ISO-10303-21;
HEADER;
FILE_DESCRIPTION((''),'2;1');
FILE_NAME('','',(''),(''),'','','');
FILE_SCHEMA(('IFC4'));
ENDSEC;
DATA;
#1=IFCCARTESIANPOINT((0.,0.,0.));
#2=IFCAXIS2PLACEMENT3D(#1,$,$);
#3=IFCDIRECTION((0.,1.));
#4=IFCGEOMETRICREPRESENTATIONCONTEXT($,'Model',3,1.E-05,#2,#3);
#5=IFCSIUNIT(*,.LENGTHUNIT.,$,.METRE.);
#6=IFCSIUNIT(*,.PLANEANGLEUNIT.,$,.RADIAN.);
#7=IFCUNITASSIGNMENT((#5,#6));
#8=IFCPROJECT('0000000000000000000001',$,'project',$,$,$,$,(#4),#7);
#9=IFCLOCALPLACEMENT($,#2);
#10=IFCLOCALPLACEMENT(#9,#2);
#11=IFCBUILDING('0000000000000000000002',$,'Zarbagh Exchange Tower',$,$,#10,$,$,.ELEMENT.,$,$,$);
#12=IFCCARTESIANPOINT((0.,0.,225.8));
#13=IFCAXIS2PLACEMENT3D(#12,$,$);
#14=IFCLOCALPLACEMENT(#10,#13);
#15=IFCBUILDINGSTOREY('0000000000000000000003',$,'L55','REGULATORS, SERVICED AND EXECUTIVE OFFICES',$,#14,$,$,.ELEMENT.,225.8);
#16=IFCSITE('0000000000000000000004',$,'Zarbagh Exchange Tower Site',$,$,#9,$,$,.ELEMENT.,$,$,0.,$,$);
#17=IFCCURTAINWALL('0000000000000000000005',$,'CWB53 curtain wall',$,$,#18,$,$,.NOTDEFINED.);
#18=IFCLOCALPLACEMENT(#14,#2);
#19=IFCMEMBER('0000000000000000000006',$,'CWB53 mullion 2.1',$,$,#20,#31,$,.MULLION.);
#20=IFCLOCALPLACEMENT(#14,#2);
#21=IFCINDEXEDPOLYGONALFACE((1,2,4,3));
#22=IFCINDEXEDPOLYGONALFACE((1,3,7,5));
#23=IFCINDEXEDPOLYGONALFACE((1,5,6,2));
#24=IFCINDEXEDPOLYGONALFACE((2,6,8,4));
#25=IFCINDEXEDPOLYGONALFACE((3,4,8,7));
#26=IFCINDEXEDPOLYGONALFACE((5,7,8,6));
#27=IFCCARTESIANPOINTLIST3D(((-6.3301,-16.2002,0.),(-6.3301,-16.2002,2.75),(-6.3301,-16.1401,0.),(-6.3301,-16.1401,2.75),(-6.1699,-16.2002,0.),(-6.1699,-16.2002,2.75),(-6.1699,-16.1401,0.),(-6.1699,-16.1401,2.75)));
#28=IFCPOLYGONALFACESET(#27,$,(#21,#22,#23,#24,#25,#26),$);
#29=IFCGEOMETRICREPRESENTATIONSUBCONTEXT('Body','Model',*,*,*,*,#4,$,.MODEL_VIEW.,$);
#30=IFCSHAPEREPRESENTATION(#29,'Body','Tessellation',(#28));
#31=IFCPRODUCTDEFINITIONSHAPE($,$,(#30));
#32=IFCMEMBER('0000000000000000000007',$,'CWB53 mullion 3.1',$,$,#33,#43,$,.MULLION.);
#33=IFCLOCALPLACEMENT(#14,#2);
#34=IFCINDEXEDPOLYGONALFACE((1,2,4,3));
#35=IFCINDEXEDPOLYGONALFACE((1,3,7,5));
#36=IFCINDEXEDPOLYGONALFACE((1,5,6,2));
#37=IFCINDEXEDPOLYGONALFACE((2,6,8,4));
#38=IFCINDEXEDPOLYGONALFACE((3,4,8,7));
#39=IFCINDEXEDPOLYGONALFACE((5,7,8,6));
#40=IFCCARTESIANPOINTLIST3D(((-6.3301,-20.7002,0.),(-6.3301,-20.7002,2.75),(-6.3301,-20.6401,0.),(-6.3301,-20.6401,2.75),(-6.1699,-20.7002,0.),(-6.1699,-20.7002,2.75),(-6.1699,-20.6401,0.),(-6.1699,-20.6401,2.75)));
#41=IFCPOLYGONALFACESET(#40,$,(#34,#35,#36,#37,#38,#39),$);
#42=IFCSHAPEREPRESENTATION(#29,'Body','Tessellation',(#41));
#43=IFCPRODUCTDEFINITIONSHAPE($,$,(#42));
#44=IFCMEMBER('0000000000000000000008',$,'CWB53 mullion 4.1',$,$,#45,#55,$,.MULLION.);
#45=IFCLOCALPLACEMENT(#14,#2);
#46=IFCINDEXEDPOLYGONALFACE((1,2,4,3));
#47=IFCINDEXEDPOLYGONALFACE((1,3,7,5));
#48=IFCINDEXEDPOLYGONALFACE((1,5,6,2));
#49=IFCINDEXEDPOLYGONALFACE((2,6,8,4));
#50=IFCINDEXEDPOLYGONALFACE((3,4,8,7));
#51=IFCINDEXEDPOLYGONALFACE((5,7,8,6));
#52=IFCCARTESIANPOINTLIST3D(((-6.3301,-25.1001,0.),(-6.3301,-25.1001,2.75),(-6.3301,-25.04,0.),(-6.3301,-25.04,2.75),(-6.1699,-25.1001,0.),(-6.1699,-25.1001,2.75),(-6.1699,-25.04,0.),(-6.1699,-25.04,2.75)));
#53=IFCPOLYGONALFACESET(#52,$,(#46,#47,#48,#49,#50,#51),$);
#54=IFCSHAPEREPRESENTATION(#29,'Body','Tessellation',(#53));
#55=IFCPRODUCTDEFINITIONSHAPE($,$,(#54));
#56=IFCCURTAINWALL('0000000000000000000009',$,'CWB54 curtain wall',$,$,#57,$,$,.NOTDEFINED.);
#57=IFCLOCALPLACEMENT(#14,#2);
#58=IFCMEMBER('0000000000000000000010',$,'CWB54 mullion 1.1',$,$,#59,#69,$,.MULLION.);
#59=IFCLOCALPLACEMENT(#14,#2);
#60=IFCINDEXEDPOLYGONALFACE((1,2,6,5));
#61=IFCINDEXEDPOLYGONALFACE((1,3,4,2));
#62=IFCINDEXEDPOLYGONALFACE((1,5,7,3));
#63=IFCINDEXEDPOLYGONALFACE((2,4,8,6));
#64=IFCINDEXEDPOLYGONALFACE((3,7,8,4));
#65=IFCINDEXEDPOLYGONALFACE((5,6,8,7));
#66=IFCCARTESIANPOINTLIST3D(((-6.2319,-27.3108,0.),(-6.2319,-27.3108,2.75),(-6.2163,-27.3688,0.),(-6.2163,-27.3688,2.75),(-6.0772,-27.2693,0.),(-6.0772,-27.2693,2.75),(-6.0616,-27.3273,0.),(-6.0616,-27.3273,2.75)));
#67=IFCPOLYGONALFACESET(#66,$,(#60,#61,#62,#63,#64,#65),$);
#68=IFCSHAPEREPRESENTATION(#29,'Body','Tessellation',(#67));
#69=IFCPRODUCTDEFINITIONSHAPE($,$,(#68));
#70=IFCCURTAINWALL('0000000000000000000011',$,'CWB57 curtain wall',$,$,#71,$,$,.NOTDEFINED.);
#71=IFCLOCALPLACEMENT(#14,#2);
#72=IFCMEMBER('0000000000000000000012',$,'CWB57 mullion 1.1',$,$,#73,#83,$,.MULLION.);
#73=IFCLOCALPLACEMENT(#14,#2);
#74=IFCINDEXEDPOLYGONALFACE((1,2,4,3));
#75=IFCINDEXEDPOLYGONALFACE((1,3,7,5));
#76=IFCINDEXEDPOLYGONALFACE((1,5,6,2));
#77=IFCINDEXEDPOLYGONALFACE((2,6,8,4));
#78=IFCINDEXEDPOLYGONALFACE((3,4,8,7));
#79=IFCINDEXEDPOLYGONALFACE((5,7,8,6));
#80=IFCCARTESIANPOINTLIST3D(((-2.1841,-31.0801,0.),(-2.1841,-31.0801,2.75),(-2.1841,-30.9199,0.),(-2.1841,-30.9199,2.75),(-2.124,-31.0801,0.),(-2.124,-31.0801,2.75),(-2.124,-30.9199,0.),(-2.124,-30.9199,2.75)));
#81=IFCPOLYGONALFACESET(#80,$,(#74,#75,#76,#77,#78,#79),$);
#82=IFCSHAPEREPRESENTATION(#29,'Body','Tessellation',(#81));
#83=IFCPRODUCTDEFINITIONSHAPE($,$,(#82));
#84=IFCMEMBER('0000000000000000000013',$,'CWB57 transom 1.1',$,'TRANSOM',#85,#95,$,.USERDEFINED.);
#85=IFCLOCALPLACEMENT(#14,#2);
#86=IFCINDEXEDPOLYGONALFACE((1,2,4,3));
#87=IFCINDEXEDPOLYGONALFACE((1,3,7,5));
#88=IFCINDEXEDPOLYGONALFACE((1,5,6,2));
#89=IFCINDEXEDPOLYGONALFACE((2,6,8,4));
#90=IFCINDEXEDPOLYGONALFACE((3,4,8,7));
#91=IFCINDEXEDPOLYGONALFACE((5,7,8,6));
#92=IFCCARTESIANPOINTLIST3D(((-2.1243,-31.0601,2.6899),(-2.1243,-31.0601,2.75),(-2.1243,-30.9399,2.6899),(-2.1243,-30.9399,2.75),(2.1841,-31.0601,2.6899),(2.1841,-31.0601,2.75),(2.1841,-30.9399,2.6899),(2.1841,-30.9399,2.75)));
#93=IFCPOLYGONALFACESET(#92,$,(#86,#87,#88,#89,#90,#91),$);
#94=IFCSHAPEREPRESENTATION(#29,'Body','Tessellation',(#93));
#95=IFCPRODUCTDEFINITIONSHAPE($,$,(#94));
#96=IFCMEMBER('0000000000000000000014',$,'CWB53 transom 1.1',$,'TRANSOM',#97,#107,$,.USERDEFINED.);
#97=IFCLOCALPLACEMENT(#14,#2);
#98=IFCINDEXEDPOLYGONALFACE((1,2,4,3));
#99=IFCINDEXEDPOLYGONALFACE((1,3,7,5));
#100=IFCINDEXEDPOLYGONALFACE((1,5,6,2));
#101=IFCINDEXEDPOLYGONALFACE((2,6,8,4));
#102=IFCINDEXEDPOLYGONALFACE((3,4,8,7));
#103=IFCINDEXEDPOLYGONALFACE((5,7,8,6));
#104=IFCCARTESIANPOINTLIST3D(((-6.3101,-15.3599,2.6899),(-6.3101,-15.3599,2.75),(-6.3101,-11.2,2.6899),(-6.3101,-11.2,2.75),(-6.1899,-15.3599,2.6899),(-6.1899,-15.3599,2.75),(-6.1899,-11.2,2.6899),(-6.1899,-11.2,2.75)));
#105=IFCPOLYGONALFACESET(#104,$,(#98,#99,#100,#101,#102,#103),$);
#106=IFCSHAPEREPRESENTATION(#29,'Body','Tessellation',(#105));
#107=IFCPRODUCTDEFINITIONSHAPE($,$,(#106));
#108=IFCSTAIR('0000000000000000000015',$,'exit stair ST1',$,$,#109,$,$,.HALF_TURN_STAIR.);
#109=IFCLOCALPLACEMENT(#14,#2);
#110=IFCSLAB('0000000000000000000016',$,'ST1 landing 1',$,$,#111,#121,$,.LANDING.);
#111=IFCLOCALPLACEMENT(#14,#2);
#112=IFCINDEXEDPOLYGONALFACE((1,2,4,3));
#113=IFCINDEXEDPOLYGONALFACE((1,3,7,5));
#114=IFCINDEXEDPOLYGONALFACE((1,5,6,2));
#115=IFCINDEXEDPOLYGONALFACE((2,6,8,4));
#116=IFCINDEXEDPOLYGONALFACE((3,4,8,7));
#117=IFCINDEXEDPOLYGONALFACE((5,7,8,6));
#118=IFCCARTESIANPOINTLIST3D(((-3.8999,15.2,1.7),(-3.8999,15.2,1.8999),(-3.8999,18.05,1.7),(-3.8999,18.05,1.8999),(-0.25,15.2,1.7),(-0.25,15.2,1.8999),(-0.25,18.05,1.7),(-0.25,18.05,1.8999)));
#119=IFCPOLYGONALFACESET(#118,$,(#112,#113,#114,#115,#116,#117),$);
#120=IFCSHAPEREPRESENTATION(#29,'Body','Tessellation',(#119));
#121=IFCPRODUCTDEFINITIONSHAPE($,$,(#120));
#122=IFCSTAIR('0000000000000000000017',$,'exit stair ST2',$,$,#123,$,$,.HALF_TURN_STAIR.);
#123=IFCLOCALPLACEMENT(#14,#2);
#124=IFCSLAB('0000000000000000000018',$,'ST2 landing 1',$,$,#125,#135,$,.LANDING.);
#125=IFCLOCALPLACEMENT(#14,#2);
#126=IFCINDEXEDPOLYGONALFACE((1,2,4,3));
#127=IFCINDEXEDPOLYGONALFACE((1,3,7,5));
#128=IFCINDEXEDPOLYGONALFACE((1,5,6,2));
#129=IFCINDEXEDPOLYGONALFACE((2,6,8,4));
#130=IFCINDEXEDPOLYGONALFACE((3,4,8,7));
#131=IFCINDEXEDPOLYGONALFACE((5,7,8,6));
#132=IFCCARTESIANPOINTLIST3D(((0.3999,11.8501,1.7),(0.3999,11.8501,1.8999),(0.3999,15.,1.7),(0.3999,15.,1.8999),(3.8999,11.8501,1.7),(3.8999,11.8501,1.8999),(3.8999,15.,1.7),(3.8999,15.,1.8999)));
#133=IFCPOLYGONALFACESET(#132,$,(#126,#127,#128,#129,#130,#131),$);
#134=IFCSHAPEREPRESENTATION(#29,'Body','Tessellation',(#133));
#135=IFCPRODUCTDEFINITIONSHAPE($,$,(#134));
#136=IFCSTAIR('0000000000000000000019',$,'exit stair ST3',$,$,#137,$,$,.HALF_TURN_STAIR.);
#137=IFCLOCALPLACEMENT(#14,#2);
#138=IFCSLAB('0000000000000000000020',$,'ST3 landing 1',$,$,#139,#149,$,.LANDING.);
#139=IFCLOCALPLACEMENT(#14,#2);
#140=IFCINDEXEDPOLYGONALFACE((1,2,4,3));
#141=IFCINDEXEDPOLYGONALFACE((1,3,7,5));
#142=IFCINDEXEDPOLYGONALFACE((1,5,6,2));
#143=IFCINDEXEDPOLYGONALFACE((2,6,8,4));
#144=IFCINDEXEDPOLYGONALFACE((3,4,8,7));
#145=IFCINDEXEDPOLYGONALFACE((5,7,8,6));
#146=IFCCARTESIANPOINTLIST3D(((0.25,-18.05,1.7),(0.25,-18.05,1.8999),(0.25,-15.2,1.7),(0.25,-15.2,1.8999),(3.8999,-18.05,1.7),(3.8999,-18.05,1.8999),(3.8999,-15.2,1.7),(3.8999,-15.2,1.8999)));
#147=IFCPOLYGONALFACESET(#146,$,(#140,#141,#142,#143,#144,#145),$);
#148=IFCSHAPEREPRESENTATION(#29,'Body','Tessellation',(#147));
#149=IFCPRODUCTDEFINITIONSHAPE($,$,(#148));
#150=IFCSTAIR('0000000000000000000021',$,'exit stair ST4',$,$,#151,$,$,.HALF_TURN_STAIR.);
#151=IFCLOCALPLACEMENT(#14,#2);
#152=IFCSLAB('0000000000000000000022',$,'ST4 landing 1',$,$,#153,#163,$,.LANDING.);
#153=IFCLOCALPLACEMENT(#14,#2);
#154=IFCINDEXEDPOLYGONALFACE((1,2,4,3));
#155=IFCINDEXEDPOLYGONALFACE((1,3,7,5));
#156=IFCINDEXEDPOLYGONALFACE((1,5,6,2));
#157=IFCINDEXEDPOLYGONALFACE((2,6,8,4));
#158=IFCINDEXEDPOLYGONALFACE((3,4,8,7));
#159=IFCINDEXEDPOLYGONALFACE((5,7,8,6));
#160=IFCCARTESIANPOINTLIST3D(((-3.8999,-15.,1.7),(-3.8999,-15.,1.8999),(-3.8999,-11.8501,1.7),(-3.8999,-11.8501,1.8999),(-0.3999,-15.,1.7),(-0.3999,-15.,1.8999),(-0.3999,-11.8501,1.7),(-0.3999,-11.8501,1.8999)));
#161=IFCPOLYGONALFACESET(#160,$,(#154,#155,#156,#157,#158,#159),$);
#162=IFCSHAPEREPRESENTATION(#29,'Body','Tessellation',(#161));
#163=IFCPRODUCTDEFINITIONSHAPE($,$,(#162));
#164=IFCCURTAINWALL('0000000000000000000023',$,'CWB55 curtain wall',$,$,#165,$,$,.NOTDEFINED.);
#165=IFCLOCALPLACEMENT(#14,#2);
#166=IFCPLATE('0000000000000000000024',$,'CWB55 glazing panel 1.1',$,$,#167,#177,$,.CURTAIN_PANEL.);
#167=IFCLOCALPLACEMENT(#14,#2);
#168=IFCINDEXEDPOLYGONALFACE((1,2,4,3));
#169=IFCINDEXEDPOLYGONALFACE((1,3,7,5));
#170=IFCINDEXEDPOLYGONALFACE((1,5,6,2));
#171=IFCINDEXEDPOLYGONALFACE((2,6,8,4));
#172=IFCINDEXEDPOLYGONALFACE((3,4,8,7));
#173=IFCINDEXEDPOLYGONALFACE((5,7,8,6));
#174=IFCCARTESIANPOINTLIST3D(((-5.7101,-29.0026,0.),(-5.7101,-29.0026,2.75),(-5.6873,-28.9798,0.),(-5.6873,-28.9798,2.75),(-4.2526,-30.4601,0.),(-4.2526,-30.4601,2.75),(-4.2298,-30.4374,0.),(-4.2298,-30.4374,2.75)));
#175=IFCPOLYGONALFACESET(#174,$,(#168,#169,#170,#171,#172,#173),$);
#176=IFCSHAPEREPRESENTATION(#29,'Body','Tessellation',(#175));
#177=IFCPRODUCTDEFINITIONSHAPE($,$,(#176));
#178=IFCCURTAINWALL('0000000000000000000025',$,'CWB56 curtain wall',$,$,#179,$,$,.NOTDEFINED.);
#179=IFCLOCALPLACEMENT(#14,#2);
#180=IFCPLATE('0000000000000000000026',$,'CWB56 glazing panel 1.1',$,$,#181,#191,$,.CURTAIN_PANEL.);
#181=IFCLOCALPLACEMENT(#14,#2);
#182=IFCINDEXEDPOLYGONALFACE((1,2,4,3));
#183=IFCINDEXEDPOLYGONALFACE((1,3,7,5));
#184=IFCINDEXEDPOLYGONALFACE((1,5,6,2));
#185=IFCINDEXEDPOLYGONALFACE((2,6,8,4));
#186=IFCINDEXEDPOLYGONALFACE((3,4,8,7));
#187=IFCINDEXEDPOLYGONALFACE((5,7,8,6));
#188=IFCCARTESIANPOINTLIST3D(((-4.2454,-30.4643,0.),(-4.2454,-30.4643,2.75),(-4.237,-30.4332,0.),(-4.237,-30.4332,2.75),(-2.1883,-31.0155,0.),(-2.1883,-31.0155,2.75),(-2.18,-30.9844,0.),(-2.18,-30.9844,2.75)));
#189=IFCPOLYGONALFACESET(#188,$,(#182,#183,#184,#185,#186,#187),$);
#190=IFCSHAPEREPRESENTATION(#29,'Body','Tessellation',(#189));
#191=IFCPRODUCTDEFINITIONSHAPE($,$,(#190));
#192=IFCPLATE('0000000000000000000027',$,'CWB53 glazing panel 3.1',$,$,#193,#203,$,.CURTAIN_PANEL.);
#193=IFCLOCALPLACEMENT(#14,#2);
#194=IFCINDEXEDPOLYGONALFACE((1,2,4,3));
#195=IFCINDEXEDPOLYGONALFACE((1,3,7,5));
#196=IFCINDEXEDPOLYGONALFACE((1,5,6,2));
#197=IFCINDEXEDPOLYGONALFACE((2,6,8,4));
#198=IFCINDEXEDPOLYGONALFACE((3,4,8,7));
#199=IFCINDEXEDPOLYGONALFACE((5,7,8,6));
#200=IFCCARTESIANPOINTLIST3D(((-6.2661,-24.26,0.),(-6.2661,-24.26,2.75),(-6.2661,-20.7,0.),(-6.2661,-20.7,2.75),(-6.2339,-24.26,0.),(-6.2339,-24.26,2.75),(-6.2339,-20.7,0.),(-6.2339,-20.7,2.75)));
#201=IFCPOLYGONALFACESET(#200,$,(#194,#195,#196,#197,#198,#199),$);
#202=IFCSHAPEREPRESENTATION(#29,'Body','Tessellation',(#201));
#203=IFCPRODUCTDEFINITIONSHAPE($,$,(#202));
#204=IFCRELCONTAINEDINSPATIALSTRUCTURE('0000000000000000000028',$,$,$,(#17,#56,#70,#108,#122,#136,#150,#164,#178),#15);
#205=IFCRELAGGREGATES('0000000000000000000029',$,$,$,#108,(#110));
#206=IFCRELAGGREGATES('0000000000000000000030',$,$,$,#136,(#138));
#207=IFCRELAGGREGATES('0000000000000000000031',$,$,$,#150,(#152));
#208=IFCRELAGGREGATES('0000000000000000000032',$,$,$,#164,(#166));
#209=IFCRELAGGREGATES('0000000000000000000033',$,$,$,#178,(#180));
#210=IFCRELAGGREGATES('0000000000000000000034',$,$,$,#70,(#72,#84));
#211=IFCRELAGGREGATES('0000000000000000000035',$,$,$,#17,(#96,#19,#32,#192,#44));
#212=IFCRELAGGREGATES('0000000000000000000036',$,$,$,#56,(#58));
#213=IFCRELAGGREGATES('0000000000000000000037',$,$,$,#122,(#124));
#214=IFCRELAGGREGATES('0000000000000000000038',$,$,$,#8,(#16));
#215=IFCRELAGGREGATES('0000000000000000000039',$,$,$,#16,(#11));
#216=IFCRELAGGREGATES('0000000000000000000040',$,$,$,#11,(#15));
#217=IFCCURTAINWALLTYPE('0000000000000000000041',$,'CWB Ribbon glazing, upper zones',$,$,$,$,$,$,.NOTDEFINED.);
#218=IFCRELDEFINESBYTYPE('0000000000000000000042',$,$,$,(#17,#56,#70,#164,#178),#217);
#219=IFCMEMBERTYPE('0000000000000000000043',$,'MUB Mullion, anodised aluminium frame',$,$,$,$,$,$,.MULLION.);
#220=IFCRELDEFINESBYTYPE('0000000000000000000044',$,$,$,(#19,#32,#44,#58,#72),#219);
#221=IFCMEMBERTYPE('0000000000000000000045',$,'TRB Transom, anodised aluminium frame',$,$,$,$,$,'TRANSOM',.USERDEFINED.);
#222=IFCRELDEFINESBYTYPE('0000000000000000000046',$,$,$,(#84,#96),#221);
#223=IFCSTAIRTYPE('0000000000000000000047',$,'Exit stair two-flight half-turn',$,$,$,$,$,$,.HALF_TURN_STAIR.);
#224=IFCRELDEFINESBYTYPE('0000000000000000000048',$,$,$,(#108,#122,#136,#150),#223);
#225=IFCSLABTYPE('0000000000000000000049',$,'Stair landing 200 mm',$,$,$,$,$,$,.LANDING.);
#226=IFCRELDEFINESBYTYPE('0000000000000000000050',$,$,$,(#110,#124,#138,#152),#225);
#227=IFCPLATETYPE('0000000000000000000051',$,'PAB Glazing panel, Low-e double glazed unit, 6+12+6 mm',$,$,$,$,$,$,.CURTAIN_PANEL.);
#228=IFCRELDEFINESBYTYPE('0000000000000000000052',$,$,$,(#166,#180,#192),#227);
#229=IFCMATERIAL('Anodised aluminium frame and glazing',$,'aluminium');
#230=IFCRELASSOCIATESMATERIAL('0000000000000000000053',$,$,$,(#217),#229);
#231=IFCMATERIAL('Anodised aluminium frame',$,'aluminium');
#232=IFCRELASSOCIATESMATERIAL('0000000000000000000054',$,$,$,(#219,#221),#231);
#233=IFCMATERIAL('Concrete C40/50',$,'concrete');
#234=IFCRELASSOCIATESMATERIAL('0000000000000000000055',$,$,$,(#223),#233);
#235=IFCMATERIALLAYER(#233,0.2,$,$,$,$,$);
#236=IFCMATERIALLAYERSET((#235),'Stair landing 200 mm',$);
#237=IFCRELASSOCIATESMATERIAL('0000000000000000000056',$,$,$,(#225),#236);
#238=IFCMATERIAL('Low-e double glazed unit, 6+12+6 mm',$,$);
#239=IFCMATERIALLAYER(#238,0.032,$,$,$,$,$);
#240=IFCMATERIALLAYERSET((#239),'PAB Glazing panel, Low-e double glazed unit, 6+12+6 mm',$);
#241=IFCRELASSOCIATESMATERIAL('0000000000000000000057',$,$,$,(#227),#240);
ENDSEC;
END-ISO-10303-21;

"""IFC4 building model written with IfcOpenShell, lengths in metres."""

from ifc_helpers import new_model, si_unit, direction, frame, origin, place, context, subcontext, project, spatial, polyline, outline, extrude, source, transform, mapped, material, layer, layer_set, type_object, element, aggregate, save


model = new_model("IFC4")

# Units and contexts
model_context = context("Model", 3, precision=1e-05, world=origin(), true_north=direction((0.0, 1.0)))
body_context = subcontext(model_context, "Body", "Model", "MODEL_VIEW")
ifc_project = project(units=[si_unit("LENGTHUNIT", "METRE"), si_unit("PLANEANGLEUNIT", "RADIAN")], contexts=[model_context])

# Site, building, storey
site_placement = place(None, origin())
site = spatial("IfcSite", under=ifc_project, at=site_placement, Name="Zarbagh Exchange Tower Site", CompositionType="ELEMENT", RefElevation=0.0)
building_placement = place(site_placement, origin())
building = spatial("IfcBuilding", under=site, at=building_placement, Name="Zarbagh Exchange Tower", CompositionType="ELEMENT")
storey_placement = place(building_placement, frame((0.0, 0.0, 225.8)))
storey = spatial("IfcBuildingStorey", under=building, at=storey_placement, Name="L55", Description="REGULATORS, SERVICED AND EXECUTIVE OFFICES", CompositionType="ELEMENT", Elevation=225.8)

# Curtain wall, members
ifc_material_1 = material(Name="Anodised aluminium frame and glazing", Category="aluminium")
curtain_wall_type = type_object("IfcCurtainWallType", Name="CWB Ribbon glazing, upper zones", PredefinedType="NOTDEFINED", material=ifc_material_1)
curtain_wall_1_placement = place(storey_placement, origin())
curtain_wall_1 = element("IfcCurtainWall", 1, at=curtain_wall_1_placement, inside=storey, type_object=curtain_wall_type, Name="CWB53 curtain wall", PredefinedType="NOTDEFINED")
ifc_material_2 = material(Name="Anodised aluminium frame", Category="aluminium")
member_type_1 = type_object("IfcMemberType", Name="MUB Mullion, anodised aluminium frame", PredefinedType="MULLION", material=ifc_material_2)
shared_shape_1 = source(origin(), body_context, "Body", "SweptSolid", [
    extrude(outline(polyline([(0.0, -0.0801), (0.0601, -0.0801), (0.0601, 0.0801), (0.0, 0.0801), (0.0, -0.0801)])), origin(), (0.0, 0.0, 1.0), 2.75),
])
placement = place(storey_placement, origin())
member_1 = element("IfcMember", 2, at=placement, type_object=member_type_1, Name="CWB53 mullion 2.1", PredefinedType="MULLION", context=body_context, shape_type="MappedRepresentation", body=[
    mapped(shared_shape_1, transform((-6.25, -16.1401, 0.0), x_axis=(0.0, -1.0, 0.0), y_axis=(1.0, 0.0, 0.0), z_axis=(0.0, 0.0, 1.0))),
])
member_2 = element("IfcMember", 3, at=placement, type_object=member_type_1, Name="CWB53 mullion 3.1", PredefinedType="MULLION", context=body_context, shape_type="MappedRepresentation", body=[
    mapped(shared_shape_1, transform((-6.25, -20.6401, 0.0), x_axis=(0.0, -1.0, 0.0), y_axis=(1.0, 0.0, 0.0), z_axis=(0.0, 0.0, 1.0))),
])
member_3 = element("IfcMember", 4, at=placement, type_object=member_type_1, Name="CWB53 mullion 4.1", PredefinedType="MULLION", context=body_context, shape_type="MappedRepresentation", body=[
    mapped(shared_shape_1, transform((-6.25, -25.04, 0.0), x_axis=(0.0, -1.0, 0.0), y_axis=(1.0, 0.0, 0.0), z_axis=(0.0, 0.0, 1.0))),
])

# Curtain wall, member
curtain_wall_2_placement = place(storey_placement, origin())
curtain_wall_2 = element("IfcCurtainWall", 5, at=curtain_wall_2_placement, inside=storey, type_object=curtain_wall_type, Name="CWB54 curtain wall", PredefinedType="NOTDEFINED")
member_4 = element("IfcMember", 6, at=placement, type_object=member_type_1, Name="CWB54 mullion 1.1", PredefinedType="MULLION", context=body_context, shape_type="MappedRepresentation", body=[
    mapped(shared_shape_1, transform((-6.1545, -27.29, 0.0), x_axis=(0.258825, -0.965924, 0.0), y_axis=(0.965924, 0.258825, 0.0), z_axis=(0.0, 0.0, 1.0))),
])

# Curtain wall, members
curtain_wall_3_placement = place(storey_placement, origin())
curtain_wall_3 = element("IfcCurtainWall", 7, at=curtain_wall_3_placement, inside=storey, type_object=curtain_wall_type, Name="CWB57 curtain wall", PredefinedType="NOTDEFINED")
member_5 = element("IfcMember", 8, at=placement, type_object=member_type_1, Name="CWB57 mullion 1.1", PredefinedType="MULLION", context=body_context, shape_type="MappedRepresentation", body=[
    mapped(shared_shape_1, transform((-2.1841, -31.0, 0.0), x_axis=(1.0, 0.0, 0.0), y_axis=(0.0, 1.0, 0.0), z_axis=(0.0, 0.0, 1.0))),
])
member_type_2 = type_object("IfcMemberType", Name="TRB Transom, anodised aluminium frame", ElementType="TRANSOM", PredefinedType="USERDEFINED", material=ifc_material_2)
shared_shape_2 = source(origin(), body_context, "Body", "SweptSolid", [
    extrude(outline(polyline([(-0.0601, -0.0601), (0.0, -0.0601), (0.0, 0.0601), (-0.0601, 0.0601), (-0.0601, -0.0601)])), origin(), (0.0, 0.0, 1.0), 4.3083),
])
member_6 = element("IfcMember", 9, at=placement, type_object=member_type_2, Name="CWB57 transom 1.1", ObjectType="TRANSOM", PredefinedType="USERDEFINED", context=body_context, shape_type="MappedRepresentation", body=[
    mapped(shared_shape_2, transform((-2.1243, -31.0, 2.75), x_axis=(0.0, 0.0, 1.0), y_axis=(0.0, -1.0, 0.0), z_axis=(1.0, 0.0, 0.0))),
])

# Member
shared_shape_3 = source(origin(), body_context, "Body", "SweptSolid", [
    extrude(outline(polyline([(-0.0601, -0.0601), (0.0, -0.0601), (0.0, 0.0601), (-0.0601, 0.0601), (-0.0601, -0.0601)])), origin(), (0.0, 0.0, 1.0), 4.1599),
])
member_7 = element("IfcMember", 10, at=placement, type_object=member_type_2, Name="CWB53 transom 1.1", ObjectType="TRANSOM", PredefinedType="USERDEFINED", context=body_context, shape_type="MappedRepresentation", body=[
    mapped(shared_shape_3, transform((-6.25, -11.2, 2.75), x_axis=(0.0, 0.0, 1.0), y_axis=(-1.0, 0.0, 0.0), z_axis=(0.0, -1.0, 0.0))),
])

# Stairs, slabs
ifc_material_3 = material(Name="Concrete C40/50", Category="concrete")
stair_type = type_object("IfcStairType", Name="Exit stair two-flight half-turn", PredefinedType="HALF_TURN_STAIR", material=ifc_material_3)
stair_1_placement = place(storey_placement, origin())
stair_1 = element("IfcStair", 11, at=stair_1_placement, inside=storey, type_object=stair_type, Name="exit stair ST1", PredefinedType="HALF_TURN_STAIR")
ifc_layer_1 = layer(ifc_material_3, 0.2)
ifc_layer_set_1 = layer_set([ifc_layer_1], Name="Stair landing 200 mm")
slab_type = type_object("IfcSlabType", Name="Stair landing 200 mm", PredefinedType="LANDING", material=ifc_layer_set_1)
slab_1_placement = place(storey_placement, frame((0.0, 0.0, 1.7)))
slab_1 = element("IfcSlab", 12, at=slab_1_placement, type_object=slab_type, Name="ST1 landing 1", PredefinedType="LANDING", context=body_context, shape_type="SweptSolid", body=[
    extrude(outline(polyline([(-0.25, 18.05), (-3.8999, 18.05), (-3.8999, 15.2), (-0.25, 15.2), (-0.25, 18.05)])), origin(), (0.0, 0.0, 1.0), 0.2),
])
aggregate(stair_1, [slab_1])
stair_2_placement = place(storey_placement, origin())
stair_2 = element("IfcStair", 13, at=stair_2_placement, inside=storey, type_object=stair_type, Name="exit stair ST2", PredefinedType="HALF_TURN_STAIR")
slab_2_placement = place(storey_placement, frame((0.0, 0.0, 1.7)))
slab_2 = element("IfcSlab", 14, at=slab_2_placement, type_object=slab_type, Name="ST2 landing 1", PredefinedType="LANDING", context=body_context, shape_type="SweptSolid", body=[
    extrude(outline(polyline([(0.3999, 11.8501), (3.8999, 11.8501), (3.8999, 15.0), (0.3999, 15.0), (0.3999, 11.8501)])), origin(), (0.0, 0.0, 1.0), 0.2),
])
stair_3_placement = place(storey_placement, origin())
stair_3 = element("IfcStair", 15, at=stair_3_placement, inside=storey, type_object=stair_type, Name="exit stair ST3", PredefinedType="HALF_TURN_STAIR")
slab_3_placement = place(storey_placement, frame((0.0, 0.0, 1.7)))
slab_3 = element("IfcSlab", 16, at=slab_3_placement, type_object=slab_type, Name="ST3 landing 1", PredefinedType="LANDING", context=body_context, shape_type="SweptSolid", body=[
    extrude(outline(polyline([(0.25, -18.05), (3.8999, -18.05), (3.8999, -15.2), (0.25, -15.2), (0.25, -18.05)])), origin(), (0.0, 0.0, 1.0), 0.2),
])
aggregate(stair_3, [slab_3])
stair_4_placement = place(storey_placement, origin())
stair_4 = element("IfcStair", 17, at=stair_4_placement, inside=storey, type_object=stair_type, Name="exit stair ST4", PredefinedType="HALF_TURN_STAIR")
slab_4_placement = place(storey_placement, frame((0.0, 0.0, 1.7)))
slab_4 = element("IfcSlab", 18, at=slab_4_placement, type_object=slab_type, Name="ST4 landing 1", PredefinedType="LANDING", context=body_context, shape_type="SweptSolid", body=[
    extrude(outline(polyline([(-0.3999, -11.8501), (-3.8999, -11.8501), (-3.8999, -15.0), (-0.3999, -15.0), (-0.3999, -11.8501)])), origin(), (0.0, 0.0, 1.0), 0.2),
])
aggregate(stair_4, [slab_4])

# Curtain walls, plates
curtain_wall_4_placement = place(storey_placement, origin())
curtain_wall_4 = element("IfcCurtainWall", 19, at=curtain_wall_4_placement, inside=storey, type_object=curtain_wall_type, Name="CWB55 curtain wall", PredefinedType="NOTDEFINED")
ifc_material_4 = material(Name="Low-e double glazed unit, 6+12+6 mm")
ifc_layer_2 = layer(ifc_material_4, 0.032)
ifc_layer_set_2 = layer_set([ifc_layer_2], Name="PAB Glazing panel, Low-e double glazed unit, 6+12+6 mm")
plate_type = type_object("IfcPlateType", Name="PAB Glazing panel, Low-e double glazed unit, 6+12+6 mm", PredefinedType="CURTAIN_PANEL", material=ifc_layer_set_2)
shared_shape_4 = source(origin(), body_context, "Body", "SweptSolid", [
    extrude(outline(polyline([(0.0, -0.0161), (2.0613, -0.0161), (2.0613, 0.0161), (0.0, 0.0161), (0.0, -0.0161)])), origin(), (0.0, 0.0, 1.0), 2.75),
])
plate_1 = element("IfcPlate", 20, at=placement, type_object=plate_type, Name="CWB55 glazing panel 1.1", PredefinedType="CURTAIN_PANEL", context=body_context, shape_type="MappedRepresentation", body=[
    mapped(shared_shape_4, transform((-5.6987, -28.9912, 0.0), x_axis=(0.707107, -0.707107, 0.0), y_axis=(0.707107, 0.707107, 0.0), z_axis=(0.0, 0.0, 1.0))),
])
aggregate(curtain_wall_4, [plate_1])
curtain_wall_5_placement = place(storey_placement, origin())
curtain_wall_5 = element("IfcCurtainWall", 21, at=curtain_wall_5_placement, inside=storey, type_object=curtain_wall_type, Name="CWB56 curtain wall", PredefinedType="NOTDEFINED")
shared_shape_5 = source(origin(), body_context, "Body", "SweptSolid", [
    extrude(outline(polyline([(0.0, -0.0161), (2.1296, -0.0161), (2.1296, 0.0161), (0.0, 0.0161), (0.0, -0.0161)])), origin(), (0.0, 0.0, 1.0), 2.75),
])
plate_2 = element("IfcPlate", 22, at=placement, type_object=plate_type, Name="CWB56 glazing panel 1.1", PredefinedType="CURTAIN_PANEL", context=body_context, shape_type="MappedRepresentation", body=[
    mapped(shared_shape_5, transform((-4.2412, -30.4487, 0.0), x_axis=(0.965924, -0.258825, 0.0), y_axis=(0.258825, 0.965924, 0.0), z_axis=(0.0, 0.0, 1.0))),
])
aggregate(curtain_wall_5, [plate_2])

# Plate
shared_shape_6 = source(origin(), body_context, "Body", "SweptSolid", [
    extrude(outline(polyline([(0.0, -0.0161), (3.5601, -0.0161), (3.5601, 0.0161), (0.0, 0.0161), (0.0, -0.0161)])), origin(), (0.0, 0.0, 1.0), 2.75),
])
plate_3 = element("IfcPlate", 23, at=placement, type_object=plate_type, Name="CWB53 glazing panel 3.1", PredefinedType="CURTAIN_PANEL", context=body_context, shape_type="MappedRepresentation", body=[
    mapped(shared_shape_6, transform((-6.25, -20.7, 0.0), x_axis=(0.0, -1.0, 0.0), y_axis=(1.0, 0.0, 0.0), z_axis=(0.0, 0.0, 1.0))),
])
aggregate(curtain_wall_3, [member_5, member_6])
aggregate(curtain_wall_1, [member_7, member_1, member_2, plate_3, member_3])
aggregate(curtain_wall_2, [member_4])

aggregate(stair_2, [slab_2])

save(model, "model.ifc")
